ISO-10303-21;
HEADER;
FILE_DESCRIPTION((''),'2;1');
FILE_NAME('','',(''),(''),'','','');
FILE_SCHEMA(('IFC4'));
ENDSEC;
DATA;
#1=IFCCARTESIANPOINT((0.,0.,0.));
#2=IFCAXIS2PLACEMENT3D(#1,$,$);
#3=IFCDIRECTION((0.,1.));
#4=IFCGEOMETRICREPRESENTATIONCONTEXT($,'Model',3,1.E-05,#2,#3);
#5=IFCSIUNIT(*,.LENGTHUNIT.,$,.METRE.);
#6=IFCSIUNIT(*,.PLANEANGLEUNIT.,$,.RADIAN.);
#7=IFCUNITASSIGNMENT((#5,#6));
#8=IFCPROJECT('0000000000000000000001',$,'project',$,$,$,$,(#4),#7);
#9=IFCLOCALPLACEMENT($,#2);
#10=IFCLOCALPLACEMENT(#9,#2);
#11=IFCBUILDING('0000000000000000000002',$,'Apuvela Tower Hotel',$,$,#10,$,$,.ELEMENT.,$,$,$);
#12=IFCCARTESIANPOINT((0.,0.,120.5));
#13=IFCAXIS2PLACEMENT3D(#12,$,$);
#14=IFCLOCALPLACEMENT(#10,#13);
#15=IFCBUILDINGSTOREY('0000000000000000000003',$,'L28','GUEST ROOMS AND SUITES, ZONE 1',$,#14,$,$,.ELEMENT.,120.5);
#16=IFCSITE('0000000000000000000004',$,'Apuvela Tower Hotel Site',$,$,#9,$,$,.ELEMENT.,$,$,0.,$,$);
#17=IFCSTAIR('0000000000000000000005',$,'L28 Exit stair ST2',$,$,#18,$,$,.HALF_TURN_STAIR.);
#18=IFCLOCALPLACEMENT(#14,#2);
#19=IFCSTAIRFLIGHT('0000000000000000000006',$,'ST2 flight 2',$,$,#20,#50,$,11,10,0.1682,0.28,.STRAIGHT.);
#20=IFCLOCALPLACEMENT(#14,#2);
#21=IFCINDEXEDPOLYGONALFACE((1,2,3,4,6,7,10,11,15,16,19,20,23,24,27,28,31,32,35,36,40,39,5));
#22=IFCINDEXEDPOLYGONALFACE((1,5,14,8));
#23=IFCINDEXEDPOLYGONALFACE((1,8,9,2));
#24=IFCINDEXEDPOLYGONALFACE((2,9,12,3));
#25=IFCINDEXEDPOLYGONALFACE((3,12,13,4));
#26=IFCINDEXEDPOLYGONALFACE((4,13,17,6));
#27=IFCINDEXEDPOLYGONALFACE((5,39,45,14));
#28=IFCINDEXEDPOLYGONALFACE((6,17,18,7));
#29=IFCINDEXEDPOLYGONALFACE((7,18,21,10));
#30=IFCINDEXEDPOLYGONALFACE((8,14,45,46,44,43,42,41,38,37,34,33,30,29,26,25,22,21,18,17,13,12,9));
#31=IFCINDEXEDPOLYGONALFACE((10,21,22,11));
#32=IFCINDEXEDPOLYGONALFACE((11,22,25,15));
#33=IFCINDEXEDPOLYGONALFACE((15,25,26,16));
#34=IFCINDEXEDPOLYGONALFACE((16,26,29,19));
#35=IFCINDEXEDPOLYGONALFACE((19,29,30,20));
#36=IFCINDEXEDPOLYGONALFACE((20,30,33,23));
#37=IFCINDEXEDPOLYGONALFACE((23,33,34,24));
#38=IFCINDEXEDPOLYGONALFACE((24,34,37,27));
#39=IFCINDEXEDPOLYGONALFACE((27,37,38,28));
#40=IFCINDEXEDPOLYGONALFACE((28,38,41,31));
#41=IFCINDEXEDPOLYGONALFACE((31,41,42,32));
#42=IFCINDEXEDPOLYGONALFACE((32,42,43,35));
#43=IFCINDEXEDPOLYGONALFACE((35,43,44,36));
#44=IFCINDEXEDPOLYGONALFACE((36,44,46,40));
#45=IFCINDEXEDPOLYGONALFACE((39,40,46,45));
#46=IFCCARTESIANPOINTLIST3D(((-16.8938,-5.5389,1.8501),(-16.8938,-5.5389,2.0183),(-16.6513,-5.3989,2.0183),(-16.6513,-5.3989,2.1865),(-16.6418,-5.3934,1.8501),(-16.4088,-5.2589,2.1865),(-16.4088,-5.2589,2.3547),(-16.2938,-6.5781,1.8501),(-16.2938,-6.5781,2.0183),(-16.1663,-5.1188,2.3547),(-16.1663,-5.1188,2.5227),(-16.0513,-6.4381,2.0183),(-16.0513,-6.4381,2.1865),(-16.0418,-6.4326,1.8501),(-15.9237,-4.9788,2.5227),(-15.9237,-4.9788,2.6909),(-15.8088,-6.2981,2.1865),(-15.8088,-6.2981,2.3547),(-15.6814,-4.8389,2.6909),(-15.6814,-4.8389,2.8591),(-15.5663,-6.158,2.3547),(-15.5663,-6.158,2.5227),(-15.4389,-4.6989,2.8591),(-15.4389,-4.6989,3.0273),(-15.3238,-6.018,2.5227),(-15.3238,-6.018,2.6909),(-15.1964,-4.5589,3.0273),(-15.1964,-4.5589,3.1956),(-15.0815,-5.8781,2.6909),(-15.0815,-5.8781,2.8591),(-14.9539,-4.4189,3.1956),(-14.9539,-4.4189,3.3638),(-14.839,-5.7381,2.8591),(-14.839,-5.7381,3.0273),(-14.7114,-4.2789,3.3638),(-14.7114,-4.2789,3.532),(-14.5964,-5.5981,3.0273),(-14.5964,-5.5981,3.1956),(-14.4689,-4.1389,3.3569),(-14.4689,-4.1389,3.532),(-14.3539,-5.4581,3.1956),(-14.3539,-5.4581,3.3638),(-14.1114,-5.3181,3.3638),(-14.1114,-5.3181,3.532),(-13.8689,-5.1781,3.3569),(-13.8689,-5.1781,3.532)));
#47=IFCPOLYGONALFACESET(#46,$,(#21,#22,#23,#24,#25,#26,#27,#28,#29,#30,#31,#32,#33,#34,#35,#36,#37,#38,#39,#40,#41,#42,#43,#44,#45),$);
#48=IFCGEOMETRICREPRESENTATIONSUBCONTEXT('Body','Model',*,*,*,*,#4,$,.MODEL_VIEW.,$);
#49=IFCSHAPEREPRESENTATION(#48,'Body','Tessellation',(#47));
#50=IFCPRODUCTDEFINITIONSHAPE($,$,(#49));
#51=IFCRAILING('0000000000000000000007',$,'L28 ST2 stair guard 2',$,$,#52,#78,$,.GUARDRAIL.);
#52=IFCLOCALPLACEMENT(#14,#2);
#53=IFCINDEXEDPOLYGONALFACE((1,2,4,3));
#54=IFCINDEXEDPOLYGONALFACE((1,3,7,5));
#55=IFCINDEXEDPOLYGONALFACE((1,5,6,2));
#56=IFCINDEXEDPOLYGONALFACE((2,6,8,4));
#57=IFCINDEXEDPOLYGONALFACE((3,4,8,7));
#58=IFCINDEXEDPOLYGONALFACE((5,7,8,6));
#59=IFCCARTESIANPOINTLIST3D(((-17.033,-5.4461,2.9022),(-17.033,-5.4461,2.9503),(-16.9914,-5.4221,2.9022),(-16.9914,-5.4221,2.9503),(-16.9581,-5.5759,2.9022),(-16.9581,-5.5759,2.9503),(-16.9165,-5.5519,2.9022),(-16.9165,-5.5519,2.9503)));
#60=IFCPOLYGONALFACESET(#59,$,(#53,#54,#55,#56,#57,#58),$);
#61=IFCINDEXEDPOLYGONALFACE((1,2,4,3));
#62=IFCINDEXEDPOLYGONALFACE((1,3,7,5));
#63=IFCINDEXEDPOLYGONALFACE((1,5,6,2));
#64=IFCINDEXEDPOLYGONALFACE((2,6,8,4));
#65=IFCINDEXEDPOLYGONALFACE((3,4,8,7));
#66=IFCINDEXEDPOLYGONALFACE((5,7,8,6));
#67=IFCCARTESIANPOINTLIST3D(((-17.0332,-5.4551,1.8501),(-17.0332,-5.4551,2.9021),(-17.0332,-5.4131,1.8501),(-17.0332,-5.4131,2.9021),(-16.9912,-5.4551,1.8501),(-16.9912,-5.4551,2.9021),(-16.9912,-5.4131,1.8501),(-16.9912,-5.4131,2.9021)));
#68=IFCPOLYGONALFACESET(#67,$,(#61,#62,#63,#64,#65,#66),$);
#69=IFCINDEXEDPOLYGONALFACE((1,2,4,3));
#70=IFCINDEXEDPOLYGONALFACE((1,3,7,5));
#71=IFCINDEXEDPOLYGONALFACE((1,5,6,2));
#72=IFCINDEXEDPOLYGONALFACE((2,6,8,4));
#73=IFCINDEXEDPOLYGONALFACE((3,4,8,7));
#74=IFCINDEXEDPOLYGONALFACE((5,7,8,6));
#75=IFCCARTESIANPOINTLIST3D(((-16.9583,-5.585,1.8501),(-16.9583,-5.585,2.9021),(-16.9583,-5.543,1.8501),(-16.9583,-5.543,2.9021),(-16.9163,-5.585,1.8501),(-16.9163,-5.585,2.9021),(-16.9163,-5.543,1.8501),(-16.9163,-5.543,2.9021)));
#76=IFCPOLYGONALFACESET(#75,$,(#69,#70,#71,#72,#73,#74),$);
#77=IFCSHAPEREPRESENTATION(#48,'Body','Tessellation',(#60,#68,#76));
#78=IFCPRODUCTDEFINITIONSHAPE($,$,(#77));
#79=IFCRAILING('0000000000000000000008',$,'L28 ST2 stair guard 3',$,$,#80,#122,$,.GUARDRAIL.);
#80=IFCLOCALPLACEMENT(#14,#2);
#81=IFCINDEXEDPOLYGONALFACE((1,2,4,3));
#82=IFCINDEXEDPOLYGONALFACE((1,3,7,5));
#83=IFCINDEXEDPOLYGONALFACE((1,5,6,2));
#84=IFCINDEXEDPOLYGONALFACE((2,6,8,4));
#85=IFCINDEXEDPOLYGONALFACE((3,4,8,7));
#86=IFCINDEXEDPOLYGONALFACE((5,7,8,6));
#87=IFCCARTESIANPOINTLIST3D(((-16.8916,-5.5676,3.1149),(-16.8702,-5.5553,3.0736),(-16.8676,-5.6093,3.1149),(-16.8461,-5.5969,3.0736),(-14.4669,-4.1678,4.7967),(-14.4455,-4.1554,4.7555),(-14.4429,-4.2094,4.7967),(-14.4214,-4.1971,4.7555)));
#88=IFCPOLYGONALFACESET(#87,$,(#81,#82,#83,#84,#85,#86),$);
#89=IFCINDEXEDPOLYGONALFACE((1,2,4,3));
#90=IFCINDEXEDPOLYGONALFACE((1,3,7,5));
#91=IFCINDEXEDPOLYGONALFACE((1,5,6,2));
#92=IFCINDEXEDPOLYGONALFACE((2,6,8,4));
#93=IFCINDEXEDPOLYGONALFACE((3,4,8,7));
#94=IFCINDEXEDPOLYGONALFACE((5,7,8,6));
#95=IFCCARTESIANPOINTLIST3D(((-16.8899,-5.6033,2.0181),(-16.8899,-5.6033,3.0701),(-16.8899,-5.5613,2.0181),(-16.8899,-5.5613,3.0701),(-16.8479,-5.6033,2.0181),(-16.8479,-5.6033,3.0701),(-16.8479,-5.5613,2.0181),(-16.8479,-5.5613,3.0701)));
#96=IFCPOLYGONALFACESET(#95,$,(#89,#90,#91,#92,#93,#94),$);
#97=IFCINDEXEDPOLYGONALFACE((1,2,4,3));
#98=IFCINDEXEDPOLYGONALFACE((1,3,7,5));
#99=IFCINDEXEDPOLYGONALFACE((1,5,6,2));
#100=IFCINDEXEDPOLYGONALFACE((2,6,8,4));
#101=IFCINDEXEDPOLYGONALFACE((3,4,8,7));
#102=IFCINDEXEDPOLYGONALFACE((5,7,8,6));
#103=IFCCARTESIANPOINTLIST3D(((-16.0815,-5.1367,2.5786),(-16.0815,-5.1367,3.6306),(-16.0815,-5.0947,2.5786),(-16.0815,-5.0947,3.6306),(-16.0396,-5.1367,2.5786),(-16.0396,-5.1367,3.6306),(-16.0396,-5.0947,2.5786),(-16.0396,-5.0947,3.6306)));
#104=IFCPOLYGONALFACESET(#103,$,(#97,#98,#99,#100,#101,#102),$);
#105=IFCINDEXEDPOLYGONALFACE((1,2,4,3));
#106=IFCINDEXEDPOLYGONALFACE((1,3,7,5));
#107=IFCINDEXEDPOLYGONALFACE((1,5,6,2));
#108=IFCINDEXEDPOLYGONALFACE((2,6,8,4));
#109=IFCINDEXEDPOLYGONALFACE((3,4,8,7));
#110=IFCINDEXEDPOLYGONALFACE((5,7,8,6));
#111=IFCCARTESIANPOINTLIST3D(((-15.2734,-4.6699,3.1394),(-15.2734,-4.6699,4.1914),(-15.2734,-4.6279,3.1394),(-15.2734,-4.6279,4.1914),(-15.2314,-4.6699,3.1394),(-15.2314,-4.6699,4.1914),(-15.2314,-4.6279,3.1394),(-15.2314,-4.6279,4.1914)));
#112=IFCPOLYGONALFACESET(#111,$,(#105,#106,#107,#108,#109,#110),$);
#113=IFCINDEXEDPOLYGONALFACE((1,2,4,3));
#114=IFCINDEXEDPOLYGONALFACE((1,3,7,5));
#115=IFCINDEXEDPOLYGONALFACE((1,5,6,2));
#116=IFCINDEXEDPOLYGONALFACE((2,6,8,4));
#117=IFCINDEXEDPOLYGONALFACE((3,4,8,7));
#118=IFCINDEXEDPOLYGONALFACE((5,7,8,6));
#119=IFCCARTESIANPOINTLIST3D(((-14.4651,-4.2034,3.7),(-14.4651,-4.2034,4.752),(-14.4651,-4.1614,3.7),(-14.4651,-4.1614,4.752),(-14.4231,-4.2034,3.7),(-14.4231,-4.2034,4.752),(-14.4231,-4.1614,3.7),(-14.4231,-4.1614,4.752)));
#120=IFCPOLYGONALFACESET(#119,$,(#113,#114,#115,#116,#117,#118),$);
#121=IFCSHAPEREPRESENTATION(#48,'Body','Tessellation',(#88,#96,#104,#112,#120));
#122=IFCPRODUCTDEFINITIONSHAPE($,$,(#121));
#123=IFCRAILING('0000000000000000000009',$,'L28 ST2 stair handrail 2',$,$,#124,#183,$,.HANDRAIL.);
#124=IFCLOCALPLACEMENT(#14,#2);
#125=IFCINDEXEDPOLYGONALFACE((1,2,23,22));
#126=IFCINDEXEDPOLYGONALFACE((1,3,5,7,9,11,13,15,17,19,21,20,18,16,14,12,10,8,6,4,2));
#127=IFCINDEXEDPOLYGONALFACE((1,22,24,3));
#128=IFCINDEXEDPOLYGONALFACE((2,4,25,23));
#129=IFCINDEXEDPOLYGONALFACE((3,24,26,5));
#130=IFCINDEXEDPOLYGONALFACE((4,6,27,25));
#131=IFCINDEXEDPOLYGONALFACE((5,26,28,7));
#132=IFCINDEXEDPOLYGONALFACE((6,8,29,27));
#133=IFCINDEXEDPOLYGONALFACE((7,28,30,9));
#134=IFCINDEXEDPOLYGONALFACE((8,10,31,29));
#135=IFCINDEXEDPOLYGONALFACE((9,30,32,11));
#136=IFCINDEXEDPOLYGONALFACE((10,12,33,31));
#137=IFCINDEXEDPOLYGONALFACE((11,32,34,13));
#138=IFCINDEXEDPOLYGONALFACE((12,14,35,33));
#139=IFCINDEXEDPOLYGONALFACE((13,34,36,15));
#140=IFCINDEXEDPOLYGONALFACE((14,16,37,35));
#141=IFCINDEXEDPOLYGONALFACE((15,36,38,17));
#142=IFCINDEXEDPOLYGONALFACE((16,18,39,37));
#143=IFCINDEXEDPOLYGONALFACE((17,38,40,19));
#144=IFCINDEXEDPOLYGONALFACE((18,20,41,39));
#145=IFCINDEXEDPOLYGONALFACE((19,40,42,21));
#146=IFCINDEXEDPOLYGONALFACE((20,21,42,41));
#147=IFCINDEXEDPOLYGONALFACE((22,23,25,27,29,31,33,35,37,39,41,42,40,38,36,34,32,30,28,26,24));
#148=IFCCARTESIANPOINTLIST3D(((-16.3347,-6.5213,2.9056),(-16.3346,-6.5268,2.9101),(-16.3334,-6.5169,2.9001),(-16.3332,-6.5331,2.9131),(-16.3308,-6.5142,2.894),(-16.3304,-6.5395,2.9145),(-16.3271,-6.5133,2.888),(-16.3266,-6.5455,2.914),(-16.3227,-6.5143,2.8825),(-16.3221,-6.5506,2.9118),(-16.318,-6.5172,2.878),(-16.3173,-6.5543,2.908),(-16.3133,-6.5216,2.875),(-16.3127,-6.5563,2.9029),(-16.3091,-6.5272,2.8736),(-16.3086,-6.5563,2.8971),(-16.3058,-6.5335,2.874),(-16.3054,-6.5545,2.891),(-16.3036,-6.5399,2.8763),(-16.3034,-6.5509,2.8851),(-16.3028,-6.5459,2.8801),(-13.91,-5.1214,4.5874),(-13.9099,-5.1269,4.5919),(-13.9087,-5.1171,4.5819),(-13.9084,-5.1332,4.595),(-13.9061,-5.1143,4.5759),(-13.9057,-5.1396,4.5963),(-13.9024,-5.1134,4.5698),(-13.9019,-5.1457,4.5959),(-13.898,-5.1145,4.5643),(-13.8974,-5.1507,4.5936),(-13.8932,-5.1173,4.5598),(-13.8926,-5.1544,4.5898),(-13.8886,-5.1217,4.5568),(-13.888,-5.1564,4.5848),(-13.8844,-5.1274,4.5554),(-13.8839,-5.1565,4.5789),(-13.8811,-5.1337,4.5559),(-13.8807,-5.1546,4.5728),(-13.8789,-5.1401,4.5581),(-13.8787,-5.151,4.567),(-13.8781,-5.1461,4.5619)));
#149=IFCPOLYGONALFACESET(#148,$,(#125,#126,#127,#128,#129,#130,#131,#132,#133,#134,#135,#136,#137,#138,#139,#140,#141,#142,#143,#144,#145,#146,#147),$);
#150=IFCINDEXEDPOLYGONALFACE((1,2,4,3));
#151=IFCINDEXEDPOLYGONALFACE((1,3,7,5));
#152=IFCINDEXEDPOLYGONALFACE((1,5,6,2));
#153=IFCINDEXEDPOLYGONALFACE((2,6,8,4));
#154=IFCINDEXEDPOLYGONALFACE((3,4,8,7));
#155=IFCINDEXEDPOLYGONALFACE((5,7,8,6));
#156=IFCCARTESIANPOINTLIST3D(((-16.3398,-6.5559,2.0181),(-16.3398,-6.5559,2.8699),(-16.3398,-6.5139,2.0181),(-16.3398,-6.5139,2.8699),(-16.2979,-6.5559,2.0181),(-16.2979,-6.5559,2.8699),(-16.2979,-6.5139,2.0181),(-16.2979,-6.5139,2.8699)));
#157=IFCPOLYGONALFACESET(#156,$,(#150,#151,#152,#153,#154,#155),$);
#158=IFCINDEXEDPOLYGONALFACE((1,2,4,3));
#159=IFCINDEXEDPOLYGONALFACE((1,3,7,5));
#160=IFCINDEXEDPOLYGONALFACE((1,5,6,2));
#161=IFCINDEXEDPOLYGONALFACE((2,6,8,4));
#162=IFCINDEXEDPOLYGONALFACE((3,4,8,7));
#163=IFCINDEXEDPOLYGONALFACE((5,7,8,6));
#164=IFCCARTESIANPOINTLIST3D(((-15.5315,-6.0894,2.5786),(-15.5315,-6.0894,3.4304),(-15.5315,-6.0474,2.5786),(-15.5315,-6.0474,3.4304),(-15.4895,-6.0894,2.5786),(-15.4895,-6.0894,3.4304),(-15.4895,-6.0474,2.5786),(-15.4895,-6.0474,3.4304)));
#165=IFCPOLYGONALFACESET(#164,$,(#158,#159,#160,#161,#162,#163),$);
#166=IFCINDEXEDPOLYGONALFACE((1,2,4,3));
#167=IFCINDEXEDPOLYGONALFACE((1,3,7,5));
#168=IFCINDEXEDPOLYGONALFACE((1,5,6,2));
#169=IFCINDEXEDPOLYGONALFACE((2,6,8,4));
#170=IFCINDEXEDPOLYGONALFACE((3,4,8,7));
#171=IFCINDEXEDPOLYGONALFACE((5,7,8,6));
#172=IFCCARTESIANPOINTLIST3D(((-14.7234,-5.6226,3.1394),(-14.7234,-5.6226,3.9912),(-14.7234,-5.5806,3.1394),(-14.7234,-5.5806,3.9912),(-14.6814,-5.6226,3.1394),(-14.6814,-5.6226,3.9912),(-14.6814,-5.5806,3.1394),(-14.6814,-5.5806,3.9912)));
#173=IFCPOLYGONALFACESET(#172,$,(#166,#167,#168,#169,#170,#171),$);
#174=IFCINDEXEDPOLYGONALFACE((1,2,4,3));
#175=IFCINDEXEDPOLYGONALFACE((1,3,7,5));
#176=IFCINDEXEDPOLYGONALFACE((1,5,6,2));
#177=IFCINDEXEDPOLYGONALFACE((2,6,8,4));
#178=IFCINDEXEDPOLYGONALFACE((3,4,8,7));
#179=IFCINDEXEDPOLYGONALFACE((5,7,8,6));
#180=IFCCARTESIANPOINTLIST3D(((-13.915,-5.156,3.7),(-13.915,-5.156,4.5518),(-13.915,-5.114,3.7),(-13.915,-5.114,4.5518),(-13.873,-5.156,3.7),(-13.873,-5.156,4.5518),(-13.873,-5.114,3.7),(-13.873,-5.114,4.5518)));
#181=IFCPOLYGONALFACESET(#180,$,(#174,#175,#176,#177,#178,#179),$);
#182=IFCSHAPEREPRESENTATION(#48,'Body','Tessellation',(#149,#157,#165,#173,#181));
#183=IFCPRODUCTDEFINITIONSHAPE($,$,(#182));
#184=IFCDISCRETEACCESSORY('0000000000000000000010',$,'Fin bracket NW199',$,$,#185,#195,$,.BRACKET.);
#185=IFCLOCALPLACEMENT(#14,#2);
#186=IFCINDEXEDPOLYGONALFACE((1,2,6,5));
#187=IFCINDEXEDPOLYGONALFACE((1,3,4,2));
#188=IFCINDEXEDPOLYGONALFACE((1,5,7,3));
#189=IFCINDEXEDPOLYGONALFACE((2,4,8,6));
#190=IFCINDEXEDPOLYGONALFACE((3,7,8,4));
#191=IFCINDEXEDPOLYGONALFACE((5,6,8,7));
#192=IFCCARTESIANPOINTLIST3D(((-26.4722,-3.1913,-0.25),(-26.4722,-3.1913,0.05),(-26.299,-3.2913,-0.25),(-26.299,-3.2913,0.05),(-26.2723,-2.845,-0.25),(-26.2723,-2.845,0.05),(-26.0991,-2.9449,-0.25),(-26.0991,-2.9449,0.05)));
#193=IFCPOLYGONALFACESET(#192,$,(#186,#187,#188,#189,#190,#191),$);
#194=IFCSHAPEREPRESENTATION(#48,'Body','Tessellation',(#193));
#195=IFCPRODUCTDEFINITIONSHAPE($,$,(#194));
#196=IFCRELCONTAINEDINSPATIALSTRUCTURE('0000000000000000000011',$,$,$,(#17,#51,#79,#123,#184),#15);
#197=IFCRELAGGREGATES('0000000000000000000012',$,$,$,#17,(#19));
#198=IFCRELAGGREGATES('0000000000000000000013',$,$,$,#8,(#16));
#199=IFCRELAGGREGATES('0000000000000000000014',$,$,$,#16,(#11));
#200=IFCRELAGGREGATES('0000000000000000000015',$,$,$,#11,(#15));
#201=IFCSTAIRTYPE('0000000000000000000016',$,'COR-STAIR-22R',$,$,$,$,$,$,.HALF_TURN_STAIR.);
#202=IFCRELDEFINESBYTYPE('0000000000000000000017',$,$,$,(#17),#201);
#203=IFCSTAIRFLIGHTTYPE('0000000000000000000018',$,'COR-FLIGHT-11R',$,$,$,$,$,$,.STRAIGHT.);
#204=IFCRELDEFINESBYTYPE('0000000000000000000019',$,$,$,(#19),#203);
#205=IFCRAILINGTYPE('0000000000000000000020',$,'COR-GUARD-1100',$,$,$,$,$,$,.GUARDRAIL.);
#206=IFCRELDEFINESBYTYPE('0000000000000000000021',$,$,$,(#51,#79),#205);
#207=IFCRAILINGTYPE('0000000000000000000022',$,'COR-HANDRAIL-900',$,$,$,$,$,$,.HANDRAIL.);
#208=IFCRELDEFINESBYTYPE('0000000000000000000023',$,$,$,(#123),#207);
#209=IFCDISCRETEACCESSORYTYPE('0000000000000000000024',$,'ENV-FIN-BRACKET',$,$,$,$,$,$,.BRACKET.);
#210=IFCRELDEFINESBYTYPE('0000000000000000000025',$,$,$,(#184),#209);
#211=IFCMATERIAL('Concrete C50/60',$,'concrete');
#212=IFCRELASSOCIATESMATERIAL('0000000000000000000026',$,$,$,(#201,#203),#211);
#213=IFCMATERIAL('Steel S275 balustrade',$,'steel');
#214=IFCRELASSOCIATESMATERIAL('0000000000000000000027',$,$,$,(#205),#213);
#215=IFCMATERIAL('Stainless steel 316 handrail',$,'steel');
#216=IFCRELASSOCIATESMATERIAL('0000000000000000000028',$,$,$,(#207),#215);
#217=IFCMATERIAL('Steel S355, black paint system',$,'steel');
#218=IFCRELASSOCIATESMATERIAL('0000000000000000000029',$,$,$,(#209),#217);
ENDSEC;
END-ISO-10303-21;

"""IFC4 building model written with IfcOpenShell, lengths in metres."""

from ifc_helpers import new_model, si_unit, direction, frame, origin, origin_2d, place, context, subcontext, project, spatial, polyline, rectangle, circle, outline, extrude, material, type_object, element, aggregate, save


model = new_model("IFC4")

# Units and contexts
model_context = context("Model", 3, precision=1e-05, world=origin(), true_north=direction((0.0, 1.0)))
body_context = subcontext(model_context, "Body", "Model", "MODEL_VIEW")
ifc_project = project(units=[si_unit("LENGTHUNIT", "METRE"), si_unit("PLANEANGLEUNIT", "RADIAN")], contexts=[model_context])

# Site, building, storey
site_placement = place(None, origin())
site = spatial("IfcSite", under=ifc_project, at=site_placement, Name="Apuvela Tower Hotel Site", CompositionType="ELEMENT", RefElevation=0.0)
building_placement = place(site_placement, origin())
building = spatial("IfcBuilding", under=site, at=building_placement, Name="Apuvela Tower Hotel", CompositionType="ELEMENT")
storey_placement = place(building_placement, frame((0.0, 0.0, 120.5)))
storey = spatial("IfcBuildingStorey", under=building, at=storey_placement, Name="L28", Description="GUEST ROOMS AND SUITES, ZONE 1", CompositionType="ELEMENT", Elevation=120.5)

# Shared definitions
ifc_material_1 = material(Name="Concrete C50/60", Category="concrete")

# Stair, stair flight
stair_type = type_object("IfcStairType", Name="COR-STAIR-22R", PredefinedType="HALF_TURN_STAIR", material=ifc_material_1)
stair_placement = place(storey_placement, origin())
stair = element("IfcStair", 1, at=stair_placement, inside=storey, type_object=stair_type, Name="L28 Exit stair ST2", PredefinedType="HALF_TURN_STAIR")
stair_flight_type = type_object("IfcStairFlightType", Name="COR-FLIGHT-11R", PredefinedType="STRAIGHT", material=ifc_material_1)
stair_flight_placement = place(storey_placement, frame((-16.5938, -6.0586, 1.8501), z_axis=(0.0, 0.0, 1.0), x_axis=(0.866025, 0.5, 0.0)))
stair_flight = element("IfcStairFlight", 2, at=stair_flight_placement, type_object=stair_flight_type, Name="ST2 flight 2", NumberOfRisers=11, NumberOfTreads=10, PredefinedType="STRAIGHT", RiserHeight=0.1682, TreadLength=0.28, context=body_context, shape_type="SweptSolid", body=[
    extrude(outline(polyline([(0.0, 0.0), (0.0, 0.1682), (0.28, 0.1682), (0.28, 0.3364), (0.5601, 0.3364), (0.5601, 0.5046), (0.8401, 0.5046), (0.8401, 0.6726), (1.1201, 0.6726), (1.1201, 0.8408), (1.3999, 0.8408), (1.3999, 1.009), (1.6799, 1.009), (1.6799, 1.1772), (1.96, 1.1772), (1.96, 1.3455), (2.24, 1.3455), (2.24, 1.5137), (2.52, 1.5137), (2.52, 1.6819), (2.8, 1.6819), (2.8, 1.8501), (2.8, 1.5068), (0.291, 0.0), (0.0, 0.0)])), frame((0.0, 0.6001, 0.0), z_axis=(0.0, -1.0, 0.0), x_axis=(1.0, 0.0, 0.0)), (0.0, 0.0, 1.0), 1.2),
])
aggregate(stair, [stair_flight])

# Railings
ifc_material_2 = material(Name="Steel S275 balustrade", Category="steel")
railing_type_1 = type_object("IfcRailingType", Name="COR-GUARD-1100", PredefinedType="GUARDRAIL", material=ifc_material_2)
railing_1_placement = place(storey_placement, frame((-17.0122, -5.4341, 1.8501)))
element("IfcRailing", 3, at=railing_1_placement, inside=storey, type_object=railing_type_1, Name="L28 ST2 stair guard 2", PredefinedType="GUARDRAIL", context=body_context, shape_type="SweptSolid", body=[
    extrude(rectangle(XDim=0.0481, YDim=0.0481, at=origin_2d()), frame((0.0, 0.0, 1.0762), z_axis=(0.499816, -0.866131, 0.0), x_axis=(0.866131, 0.499816, 0.0)), (0.0, 0.0, 1.0), 0.1499),
    extrude(rectangle(XDim=0.042, YDim=0.042, at=origin_2d()), origin(), (0.0, 0.0, 1.0), 1.052),
    extrude(rectangle(XDim=0.042, YDim=0.042, at=origin_2d()), frame((0.075, -0.1299, 0.0)), (0.0, 0.0, 1.0), 1.052),
])
railing_2_placement = place(storey_placement, frame((-16.8689, -5.5823, 2.0181)))
element("IfcRailing", 4, at=railing_2_placement, inside=storey, type_object=railing_type_1, Name="L28 ST2 stair guard 3", PredefinedType="GUARDRAIL", context=body_context, shape_type="SweptSolid", body=[
    extrude(rectangle(XDim=0.0481, YDim=0.0481, at=origin_2d()), frame((0.0, 0.0, 1.0762), z_axis=(0.74239, 0.428601, 0.514934), x_axis=(-0.499984, 0.866035, 0.0)), (0.0, 0.0, 1.0), 3.2661),
    extrude(rectangle(XDim=0.042, YDim=0.042, at=origin_2d()), origin(), (0.0, 0.0, 1.0), 1.052),
    extrude(rectangle(XDim=0.042, YDim=0.042, at=origin_2d()), frame((0.8083, 0.4666, 0.5605)), (0.0, 0.0, 1.0), 1.052),
    extrude(rectangle(XDim=0.042, YDim=0.042, at=origin_2d()), frame((1.6165, 0.9333, 1.1213)), (0.0, 0.0, 1.0), 1.052),
    extrude(rectangle(XDim=0.042, YDim=0.042, at=origin_2d()), frame((2.4248, 1.3999, 1.6819)), (0.0, 0.0, 1.0), 1.052),
])
ifc_material_3 = material(Name="Stainless steel 316 handrail", Category="steel")
railing_type_2 = type_object("IfcRailingType", Name="COR-HANDRAIL-900", PredefinedType="HANDRAIL", material=ifc_material_3)
railing_3_placement = place(storey_placement, frame((-16.3188, -6.5349, 2.0181)))
element("IfcRailing", 5, at=railing_3_placement, inside=storey, type_object=railing_type_2, Name="L28 ST2 stair handrail 2", PredefinedType="HANDRAIL", context=body_context, shape_type="SweptSolid", body=[
    extrude(circle(Radius=0.0239, at=origin_2d()), frame((0.0, 0.0, 0.876), z_axis=(0.74239, 0.428601, 0.514934), x_axis=(-0.499984, 0.866035, 0.0)), (0.0, 0.0, 1.0), 3.2661),
    extrude(rectangle(XDim=0.042, YDim=0.042, at=origin_2d()), origin(), (0.0, 0.0, 1.0), 0.8518),
    extrude(rectangle(XDim=0.042, YDim=0.042, at=origin_2d()), frame((0.8083, 0.4666, 0.5605)), (0.0, 0.0, 1.0), 0.8518),
    extrude(rectangle(XDim=0.042, YDim=0.042, at=origin_2d()), frame((1.6165, 0.9333, 1.1213)), (0.0, 0.0, 1.0), 0.8518),
    extrude(rectangle(XDim=0.042, YDim=0.042, at=origin_2d()), frame((2.4248, 1.3999, 1.6819)), (0.0, 0.0, 1.0), 0.8518),
])

# Discrete accessory
ifc_material_4 = material(Name="Steel S355, black paint system", Category="steel")
discrete_accessory_type = type_object("IfcDiscreteAccessoryType", Name="ENV-FIN-BRACKET", PredefinedType="BRACKET", material=ifc_material_4)
discrete_accessory_placement = place(storey_placement, frame((-26.2856, -3.0681, -0.25), z_axis=(0.0, 0.0, 1.0), x_axis=(-0.5, -0.866025, 0.0)))
element("IfcDiscreteAccessory", 6, at=discrete_accessory_placement, inside=storey, type_object=discrete_accessory_type, Name="Fin bracket NW199", PredefinedType="BRACKET", context=body_context, shape_type="SweptSolid", body=[
    extrude(rectangle(XDim=0.3999, YDim=0.2, at=origin_2d()), origin(), (0.0, 0.0, 1.0), 0.3),
])

save(model, "model.ifc")
